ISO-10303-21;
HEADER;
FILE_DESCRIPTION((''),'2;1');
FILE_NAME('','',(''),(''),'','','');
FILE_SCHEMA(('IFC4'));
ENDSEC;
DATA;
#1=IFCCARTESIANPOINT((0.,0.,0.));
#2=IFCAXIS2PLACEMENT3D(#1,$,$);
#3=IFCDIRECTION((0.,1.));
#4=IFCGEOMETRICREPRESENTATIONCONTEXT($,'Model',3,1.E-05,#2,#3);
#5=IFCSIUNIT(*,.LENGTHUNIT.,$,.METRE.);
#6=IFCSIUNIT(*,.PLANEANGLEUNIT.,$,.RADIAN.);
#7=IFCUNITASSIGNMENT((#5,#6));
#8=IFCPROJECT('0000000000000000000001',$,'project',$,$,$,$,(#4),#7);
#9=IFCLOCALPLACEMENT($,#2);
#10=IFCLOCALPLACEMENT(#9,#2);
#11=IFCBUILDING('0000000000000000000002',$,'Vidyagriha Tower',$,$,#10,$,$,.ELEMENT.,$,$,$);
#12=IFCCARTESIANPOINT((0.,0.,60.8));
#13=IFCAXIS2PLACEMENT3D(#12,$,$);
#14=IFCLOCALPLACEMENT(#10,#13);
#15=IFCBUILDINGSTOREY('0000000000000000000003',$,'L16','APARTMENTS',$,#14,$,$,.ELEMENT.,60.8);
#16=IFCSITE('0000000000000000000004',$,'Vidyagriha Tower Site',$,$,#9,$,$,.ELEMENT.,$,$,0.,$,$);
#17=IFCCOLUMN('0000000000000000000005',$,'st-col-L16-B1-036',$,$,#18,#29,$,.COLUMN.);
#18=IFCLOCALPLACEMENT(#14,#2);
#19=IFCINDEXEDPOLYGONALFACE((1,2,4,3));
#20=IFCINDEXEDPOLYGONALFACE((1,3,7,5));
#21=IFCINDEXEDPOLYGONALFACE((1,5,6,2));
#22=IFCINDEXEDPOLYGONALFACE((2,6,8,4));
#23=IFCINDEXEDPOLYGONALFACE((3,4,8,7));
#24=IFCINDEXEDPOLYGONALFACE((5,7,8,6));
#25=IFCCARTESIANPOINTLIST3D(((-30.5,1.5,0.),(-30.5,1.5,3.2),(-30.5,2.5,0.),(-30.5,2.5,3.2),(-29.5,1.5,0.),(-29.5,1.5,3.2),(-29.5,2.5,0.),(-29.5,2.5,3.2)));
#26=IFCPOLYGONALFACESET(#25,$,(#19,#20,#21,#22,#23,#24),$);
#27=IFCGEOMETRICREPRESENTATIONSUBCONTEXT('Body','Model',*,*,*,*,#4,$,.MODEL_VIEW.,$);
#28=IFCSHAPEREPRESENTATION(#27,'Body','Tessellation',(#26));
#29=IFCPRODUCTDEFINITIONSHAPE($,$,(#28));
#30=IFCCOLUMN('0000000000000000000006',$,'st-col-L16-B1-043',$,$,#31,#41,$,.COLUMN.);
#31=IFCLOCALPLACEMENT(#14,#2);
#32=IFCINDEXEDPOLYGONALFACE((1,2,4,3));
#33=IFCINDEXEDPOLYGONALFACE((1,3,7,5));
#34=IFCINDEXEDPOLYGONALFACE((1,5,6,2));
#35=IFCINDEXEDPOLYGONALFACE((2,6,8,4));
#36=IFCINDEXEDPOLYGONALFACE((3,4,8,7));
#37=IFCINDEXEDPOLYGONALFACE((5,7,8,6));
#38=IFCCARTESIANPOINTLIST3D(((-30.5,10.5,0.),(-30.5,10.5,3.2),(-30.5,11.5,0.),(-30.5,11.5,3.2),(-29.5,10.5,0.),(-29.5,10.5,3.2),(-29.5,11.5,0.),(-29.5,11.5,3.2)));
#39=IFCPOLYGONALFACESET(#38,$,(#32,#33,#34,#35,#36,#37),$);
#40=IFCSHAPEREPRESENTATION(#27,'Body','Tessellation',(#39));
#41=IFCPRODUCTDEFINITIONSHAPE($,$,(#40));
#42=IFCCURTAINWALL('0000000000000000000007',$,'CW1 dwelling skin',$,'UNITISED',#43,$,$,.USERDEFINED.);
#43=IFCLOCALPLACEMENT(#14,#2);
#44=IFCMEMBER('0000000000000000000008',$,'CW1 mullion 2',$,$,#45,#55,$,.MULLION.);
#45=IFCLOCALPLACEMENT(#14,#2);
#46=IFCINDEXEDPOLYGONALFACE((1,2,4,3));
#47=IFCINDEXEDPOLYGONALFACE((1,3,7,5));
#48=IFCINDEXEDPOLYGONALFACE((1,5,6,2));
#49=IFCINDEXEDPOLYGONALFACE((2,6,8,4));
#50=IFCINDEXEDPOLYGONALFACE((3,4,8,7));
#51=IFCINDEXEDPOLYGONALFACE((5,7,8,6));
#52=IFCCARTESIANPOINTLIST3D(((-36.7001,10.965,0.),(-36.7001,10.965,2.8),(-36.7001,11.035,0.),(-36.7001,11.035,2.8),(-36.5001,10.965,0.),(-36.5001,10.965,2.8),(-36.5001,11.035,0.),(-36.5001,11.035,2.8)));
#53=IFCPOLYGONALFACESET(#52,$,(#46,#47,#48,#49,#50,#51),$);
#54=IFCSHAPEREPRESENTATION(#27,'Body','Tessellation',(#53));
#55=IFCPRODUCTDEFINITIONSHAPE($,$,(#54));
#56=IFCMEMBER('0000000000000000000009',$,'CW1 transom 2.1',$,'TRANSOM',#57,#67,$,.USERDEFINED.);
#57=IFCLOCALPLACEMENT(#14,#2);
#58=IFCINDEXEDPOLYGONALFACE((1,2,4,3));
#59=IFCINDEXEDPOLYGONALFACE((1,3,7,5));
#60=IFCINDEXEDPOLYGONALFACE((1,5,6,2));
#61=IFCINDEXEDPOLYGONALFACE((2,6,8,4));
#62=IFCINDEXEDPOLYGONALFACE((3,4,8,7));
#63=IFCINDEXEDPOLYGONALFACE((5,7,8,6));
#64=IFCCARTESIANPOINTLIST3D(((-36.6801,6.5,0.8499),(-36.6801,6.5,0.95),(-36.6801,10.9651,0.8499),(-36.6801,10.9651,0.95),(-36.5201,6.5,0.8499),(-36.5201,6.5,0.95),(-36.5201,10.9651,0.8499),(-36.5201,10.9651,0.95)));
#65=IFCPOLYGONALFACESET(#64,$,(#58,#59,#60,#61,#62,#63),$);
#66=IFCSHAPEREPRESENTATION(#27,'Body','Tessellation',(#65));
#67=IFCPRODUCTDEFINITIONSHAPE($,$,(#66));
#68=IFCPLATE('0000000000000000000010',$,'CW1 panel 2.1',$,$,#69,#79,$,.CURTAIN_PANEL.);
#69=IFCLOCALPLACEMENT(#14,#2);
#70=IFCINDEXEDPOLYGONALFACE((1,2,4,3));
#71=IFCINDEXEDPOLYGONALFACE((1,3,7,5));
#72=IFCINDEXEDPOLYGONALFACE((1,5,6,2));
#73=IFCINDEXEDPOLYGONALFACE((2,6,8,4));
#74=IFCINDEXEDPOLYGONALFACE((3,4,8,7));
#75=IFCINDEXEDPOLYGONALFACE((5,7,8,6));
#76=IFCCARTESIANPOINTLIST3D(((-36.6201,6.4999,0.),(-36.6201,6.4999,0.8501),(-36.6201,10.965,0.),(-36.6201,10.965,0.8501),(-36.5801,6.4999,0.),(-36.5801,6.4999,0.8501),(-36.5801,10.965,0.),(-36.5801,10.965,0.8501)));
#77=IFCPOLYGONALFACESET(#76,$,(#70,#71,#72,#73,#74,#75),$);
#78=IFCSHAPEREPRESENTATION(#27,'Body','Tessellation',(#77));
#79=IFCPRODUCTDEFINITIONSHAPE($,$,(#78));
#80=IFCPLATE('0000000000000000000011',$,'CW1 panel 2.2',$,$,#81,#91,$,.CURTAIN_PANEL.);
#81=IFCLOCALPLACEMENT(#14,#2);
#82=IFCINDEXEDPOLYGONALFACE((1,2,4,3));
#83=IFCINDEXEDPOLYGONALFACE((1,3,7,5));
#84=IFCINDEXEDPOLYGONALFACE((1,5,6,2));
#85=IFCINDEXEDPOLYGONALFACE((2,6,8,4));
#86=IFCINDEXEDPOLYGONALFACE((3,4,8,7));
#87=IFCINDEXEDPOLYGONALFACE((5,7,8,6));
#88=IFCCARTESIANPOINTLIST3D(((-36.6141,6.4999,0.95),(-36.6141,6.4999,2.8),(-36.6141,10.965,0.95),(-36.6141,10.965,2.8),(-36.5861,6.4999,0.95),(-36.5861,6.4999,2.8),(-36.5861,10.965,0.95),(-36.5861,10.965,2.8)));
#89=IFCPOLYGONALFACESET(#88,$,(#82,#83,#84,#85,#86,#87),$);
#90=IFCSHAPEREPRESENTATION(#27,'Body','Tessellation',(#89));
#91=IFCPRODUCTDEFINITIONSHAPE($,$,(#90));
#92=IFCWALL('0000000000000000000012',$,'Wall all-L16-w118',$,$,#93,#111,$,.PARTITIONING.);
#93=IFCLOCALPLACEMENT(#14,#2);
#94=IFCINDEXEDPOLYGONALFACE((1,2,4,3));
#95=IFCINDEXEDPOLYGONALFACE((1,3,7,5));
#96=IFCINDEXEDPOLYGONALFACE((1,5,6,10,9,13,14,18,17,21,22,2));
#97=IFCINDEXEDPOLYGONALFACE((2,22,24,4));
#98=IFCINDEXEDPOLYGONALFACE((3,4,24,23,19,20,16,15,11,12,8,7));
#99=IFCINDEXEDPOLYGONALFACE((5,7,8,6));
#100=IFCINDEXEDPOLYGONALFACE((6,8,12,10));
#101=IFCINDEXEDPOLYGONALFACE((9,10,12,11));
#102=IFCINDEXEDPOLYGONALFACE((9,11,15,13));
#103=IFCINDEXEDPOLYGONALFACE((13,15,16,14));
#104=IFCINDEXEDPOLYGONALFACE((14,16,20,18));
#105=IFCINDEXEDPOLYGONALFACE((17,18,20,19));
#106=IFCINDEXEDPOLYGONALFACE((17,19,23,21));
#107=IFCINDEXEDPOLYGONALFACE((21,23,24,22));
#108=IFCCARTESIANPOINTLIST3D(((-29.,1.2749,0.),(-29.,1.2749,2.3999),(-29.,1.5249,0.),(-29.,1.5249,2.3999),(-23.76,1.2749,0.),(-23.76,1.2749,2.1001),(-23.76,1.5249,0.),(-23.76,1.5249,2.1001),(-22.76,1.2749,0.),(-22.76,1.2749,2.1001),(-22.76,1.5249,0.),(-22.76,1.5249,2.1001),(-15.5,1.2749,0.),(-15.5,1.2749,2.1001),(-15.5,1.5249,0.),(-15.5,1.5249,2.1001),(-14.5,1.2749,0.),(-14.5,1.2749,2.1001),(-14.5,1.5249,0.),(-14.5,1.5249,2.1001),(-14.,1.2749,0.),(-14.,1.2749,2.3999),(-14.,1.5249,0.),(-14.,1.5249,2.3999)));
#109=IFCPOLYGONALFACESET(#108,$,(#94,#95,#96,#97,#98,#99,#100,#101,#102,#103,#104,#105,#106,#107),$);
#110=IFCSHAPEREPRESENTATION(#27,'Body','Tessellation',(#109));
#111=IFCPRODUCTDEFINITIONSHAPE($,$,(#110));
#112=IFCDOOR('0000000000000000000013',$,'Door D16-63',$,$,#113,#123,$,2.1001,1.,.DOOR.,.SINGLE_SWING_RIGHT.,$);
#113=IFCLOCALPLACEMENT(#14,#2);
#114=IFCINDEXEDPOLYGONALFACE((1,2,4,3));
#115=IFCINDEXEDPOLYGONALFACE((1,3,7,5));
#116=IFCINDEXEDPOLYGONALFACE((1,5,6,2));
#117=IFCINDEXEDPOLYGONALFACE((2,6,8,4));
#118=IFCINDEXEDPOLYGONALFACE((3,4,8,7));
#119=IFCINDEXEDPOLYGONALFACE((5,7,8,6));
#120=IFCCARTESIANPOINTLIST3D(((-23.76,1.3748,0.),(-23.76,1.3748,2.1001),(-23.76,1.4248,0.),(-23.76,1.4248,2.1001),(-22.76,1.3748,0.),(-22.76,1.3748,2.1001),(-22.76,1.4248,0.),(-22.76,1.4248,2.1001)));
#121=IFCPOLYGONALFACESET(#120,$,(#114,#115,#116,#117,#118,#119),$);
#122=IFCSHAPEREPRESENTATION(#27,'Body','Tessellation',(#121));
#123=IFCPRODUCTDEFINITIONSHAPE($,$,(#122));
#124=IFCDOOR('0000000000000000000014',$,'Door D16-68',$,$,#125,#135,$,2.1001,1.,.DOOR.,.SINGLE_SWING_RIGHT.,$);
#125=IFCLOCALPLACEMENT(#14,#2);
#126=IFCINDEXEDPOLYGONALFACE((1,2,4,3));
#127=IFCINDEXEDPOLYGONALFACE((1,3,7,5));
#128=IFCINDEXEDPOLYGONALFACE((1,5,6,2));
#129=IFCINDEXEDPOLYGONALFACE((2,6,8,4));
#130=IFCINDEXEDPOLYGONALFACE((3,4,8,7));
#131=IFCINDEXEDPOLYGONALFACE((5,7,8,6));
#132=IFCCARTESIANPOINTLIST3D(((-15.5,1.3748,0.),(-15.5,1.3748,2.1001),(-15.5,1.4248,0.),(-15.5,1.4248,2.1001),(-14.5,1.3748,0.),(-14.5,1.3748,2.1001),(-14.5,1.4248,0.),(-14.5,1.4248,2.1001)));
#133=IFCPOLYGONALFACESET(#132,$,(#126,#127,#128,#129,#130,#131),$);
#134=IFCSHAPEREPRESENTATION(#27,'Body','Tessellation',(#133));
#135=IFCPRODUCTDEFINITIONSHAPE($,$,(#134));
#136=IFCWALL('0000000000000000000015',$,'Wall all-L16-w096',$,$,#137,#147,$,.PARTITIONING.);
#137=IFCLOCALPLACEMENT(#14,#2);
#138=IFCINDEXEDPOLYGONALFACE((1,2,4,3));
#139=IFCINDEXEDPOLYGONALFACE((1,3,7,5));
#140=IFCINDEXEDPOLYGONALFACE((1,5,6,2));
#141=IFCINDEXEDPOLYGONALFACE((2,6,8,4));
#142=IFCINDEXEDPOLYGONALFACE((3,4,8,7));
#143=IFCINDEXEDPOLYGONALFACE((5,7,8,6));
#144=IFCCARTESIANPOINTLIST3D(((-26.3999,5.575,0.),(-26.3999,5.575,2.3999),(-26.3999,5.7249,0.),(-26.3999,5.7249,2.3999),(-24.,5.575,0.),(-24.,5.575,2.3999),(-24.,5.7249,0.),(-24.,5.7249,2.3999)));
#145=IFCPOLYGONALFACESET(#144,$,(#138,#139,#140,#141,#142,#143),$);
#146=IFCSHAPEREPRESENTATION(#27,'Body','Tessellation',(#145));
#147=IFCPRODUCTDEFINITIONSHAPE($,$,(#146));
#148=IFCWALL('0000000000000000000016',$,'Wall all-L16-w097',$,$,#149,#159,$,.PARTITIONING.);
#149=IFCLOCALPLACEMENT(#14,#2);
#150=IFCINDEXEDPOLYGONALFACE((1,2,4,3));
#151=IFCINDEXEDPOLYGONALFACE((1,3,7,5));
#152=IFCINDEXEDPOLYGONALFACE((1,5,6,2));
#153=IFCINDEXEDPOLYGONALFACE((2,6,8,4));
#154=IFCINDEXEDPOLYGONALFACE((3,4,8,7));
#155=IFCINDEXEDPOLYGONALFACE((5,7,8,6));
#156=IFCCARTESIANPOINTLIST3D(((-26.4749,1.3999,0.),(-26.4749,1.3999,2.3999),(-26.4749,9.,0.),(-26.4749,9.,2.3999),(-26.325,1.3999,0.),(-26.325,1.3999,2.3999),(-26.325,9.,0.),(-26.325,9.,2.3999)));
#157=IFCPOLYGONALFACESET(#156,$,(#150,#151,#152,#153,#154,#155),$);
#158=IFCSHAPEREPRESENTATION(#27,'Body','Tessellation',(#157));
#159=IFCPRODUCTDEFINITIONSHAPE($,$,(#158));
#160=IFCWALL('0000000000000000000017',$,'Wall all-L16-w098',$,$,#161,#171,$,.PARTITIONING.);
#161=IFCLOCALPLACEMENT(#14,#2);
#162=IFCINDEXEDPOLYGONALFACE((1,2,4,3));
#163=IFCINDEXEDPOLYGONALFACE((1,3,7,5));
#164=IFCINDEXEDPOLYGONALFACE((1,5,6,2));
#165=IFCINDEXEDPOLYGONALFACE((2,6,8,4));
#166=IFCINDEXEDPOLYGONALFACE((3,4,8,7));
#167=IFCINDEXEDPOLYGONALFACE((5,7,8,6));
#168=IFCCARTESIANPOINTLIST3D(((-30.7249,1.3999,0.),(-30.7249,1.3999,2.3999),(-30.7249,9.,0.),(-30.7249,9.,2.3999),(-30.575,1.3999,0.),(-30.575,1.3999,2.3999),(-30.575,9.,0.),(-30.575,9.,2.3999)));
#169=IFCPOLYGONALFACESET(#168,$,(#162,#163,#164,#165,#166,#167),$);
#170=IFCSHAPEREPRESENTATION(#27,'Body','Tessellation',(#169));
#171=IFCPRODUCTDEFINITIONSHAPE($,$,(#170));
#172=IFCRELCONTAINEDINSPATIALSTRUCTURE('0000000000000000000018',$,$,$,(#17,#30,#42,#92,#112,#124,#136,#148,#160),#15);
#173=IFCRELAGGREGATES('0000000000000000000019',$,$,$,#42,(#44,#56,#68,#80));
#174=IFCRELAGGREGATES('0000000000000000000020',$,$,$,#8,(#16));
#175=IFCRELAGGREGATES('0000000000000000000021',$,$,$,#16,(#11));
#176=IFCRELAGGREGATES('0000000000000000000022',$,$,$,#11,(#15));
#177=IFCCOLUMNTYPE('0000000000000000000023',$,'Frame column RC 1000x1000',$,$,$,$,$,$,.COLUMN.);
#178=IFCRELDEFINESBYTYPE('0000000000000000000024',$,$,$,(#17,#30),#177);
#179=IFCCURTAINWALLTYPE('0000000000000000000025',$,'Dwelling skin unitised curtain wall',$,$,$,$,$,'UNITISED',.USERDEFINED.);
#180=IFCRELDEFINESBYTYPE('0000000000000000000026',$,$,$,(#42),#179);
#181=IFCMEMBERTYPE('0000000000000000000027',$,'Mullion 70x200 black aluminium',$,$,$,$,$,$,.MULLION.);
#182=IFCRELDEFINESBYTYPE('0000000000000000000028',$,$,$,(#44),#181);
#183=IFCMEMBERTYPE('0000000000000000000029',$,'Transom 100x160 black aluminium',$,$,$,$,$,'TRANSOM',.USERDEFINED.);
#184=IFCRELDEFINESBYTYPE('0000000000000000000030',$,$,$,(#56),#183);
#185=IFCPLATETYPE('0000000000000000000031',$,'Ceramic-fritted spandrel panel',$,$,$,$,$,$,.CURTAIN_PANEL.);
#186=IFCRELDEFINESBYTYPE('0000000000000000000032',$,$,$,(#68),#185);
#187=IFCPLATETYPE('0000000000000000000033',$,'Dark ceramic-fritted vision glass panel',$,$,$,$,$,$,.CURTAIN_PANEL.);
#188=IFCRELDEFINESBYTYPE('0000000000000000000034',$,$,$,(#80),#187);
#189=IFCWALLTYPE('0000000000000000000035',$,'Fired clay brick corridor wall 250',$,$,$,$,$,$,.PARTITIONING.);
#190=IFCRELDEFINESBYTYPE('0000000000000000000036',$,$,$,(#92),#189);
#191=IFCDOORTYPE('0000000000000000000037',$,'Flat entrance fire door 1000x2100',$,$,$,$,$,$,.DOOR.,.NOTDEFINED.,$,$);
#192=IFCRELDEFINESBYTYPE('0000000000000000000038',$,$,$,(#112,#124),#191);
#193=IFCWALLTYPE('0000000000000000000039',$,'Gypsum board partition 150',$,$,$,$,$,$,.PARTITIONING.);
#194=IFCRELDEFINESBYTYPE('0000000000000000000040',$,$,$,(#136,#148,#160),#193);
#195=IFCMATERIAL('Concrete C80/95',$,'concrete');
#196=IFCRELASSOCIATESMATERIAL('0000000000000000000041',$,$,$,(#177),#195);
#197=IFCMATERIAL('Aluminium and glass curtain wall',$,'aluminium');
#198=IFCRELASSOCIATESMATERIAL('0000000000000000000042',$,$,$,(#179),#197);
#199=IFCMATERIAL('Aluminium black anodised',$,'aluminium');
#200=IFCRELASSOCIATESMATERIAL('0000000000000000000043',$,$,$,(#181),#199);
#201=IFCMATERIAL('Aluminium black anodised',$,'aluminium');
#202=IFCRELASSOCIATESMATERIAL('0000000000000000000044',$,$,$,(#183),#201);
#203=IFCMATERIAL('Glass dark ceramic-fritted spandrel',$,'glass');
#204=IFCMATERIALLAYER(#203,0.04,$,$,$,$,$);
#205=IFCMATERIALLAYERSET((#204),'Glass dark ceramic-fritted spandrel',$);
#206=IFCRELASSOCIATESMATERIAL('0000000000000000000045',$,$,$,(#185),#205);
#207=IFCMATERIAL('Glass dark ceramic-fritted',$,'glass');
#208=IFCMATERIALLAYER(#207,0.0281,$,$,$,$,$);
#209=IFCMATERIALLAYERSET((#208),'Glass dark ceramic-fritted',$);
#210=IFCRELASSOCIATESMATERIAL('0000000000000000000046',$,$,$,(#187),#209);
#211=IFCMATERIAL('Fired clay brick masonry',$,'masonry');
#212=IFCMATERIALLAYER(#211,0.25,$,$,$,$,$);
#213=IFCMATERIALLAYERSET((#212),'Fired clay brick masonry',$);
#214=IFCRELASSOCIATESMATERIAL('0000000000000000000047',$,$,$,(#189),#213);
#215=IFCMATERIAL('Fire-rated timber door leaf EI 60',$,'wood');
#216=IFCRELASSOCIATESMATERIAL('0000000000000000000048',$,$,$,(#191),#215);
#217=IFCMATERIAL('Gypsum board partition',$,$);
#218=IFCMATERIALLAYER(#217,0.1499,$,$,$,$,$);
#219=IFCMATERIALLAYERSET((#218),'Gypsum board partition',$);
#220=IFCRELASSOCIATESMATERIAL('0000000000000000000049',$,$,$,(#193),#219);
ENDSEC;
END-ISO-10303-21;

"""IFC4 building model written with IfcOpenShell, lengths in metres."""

from ifc_helpers import new_model, si_unit, direction, frame, frame_2d, origin, origin_2d, place, context, subcontext, project, spatial, rectangle, extrude, material, layer, layer_set, material_profile, profile_set, type_object, element, fill, aggregate, save


model = new_model("IFC4")

# Units and contexts
model_context = context("Model", 3, precision=1e-05, world=origin(), true_north=direction((0.0, 1.0)))
body_context = subcontext(model_context, "Body", "Model", "MODEL_VIEW")
ifc_project = project(units=[si_unit("LENGTHUNIT", "METRE"), si_unit("PLANEANGLEUNIT", "RADIAN")], contexts=[model_context])

# Site, building, storey
site_placement = place(None, origin())
site = spatial("IfcSite", under=ifc_project, at=site_placement, Name="Vidyagriha Tower Site", CompositionType="ELEMENT", RefElevation=0.0)
building_placement = place(site_placement, origin())
building = spatial("IfcBuilding", under=site, at=building_placement, Name="Vidyagriha Tower", CompositionType="ELEMENT")
storey_placement = place(building_placement, frame((0.0, 0.0, 60.8)))
storey = spatial("IfcBuildingStorey", under=building, at=storey_placement, Name="L16", Description="APARTMENTS", CompositionType="ELEMENT", Elevation=60.8)

# Columns
ifc_material_1 = material(Name="Concrete C80/95", Category="concrete")
ifc_material_profile_1 = material_profile(ifc_material_1, rectangle(XDim=1.0, YDim=1.0, at=origin_2d()), Name="RC 1000x1000")
ifc_profile_set_1 = profile_set([ifc_material_profile_1], Name="Concrete C80/95")
column_type = type_object("IfcColumnType", Name="Frame column RC 1000x1000", PredefinedType="COLUMN", material=ifc_profile_set_1)
for number, where, name in (
    (1, (-30.0, 2.0, 0.0), "st-col-L16-B1-036"),
    (2, (-30.0, 11.0, 0.0), "st-col-L16-B1-043"),
):
    element("IfcColumn", number, at=place(storey_placement, frame(where)), inside=storey, type_object=column_type, Name=name, PredefinedType="COLUMN", context=body_context, shape_type="SweptSolid", body=[
        extrude(rectangle(XDim=1.0, YDim=1.0, at=origin_2d()), origin(), (0.0, 0.0, 1.0), 3.2),
    ])

# Curtain wall, members, plates
ifc_material_2 = material(Name="Aluminium and glass curtain wall", Category="aluminium")
curtain_wall_type = type_object("IfcCurtainWallType", Name="Dwelling skin unitised curtain wall", ElementType="UNITISED", PredefinedType="USERDEFINED", material=ifc_material_2)
curtain_wall_placement = place(storey_placement, origin())
curtain_wall = element("IfcCurtainWall", 3, at=curtain_wall_placement, inside=storey, type_object=curtain_wall_type, Name="CW1 dwelling skin", ObjectType="UNITISED", PredefinedType="USERDEFINED")
ifc_material_3 = material(Name="Aluminium black anodised", Category="aluminium")
ifc_material_profile_2 = material_profile(ifc_material_3, rectangle(XDim=0.2, YDim=0.0701, at=origin_2d()), Name="Mullion 70x200 black aluminium")
ifc_profile_set_2 = profile_set([ifc_material_profile_2], Name="Aluminium black anodised")
member_type_1 = type_object("IfcMemberType", Name="Mullion 70x200 black aluminium", PredefinedType="MULLION", material=ifc_profile_set_2)
member_1_placement = place(storey_placement, frame((-36.6001, 11.0, 0.0)))
member_1 = element("IfcMember", 4, at=member_1_placement, type_object=member_type_1, Name="CW1 mullion 2", PredefinedType="MULLION", context=body_context, shape_type="SweptSolid", body=[
    extrude(rectangle(XDim=0.2, YDim=0.0701, at=origin_2d()), origin(), (0.0, 0.0, 1.0), 2.8),
])
ifc_material_4 = material(Name="Aluminium black anodised", Category="aluminium")
ifc_material_profile_3 = material_profile(ifc_material_4, rectangle(XDim=0.1599, YDim=0.1001, at=origin_2d()), Name="Transom 100x160 black aluminium")
ifc_profile_set_3 = profile_set([ifc_material_profile_3], Name="Aluminium black anodised")
member_type_2 = type_object("IfcMemberType", Name="Transom 100x160 black aluminium", ElementType="TRANSOM", PredefinedType="USERDEFINED", material=ifc_profile_set_3)
member_2_placement = place(storey_placement, frame((-36.6001, 10.9651, 0.8999), z_axis=(0.0, -1.0, 0.0), x_axis=(1.0, 0.0, 0.0)))
member_2 = element("IfcMember", 5, at=member_2_placement, type_object=member_type_2, Name="CW1 transom 2.1", ObjectType="TRANSOM", PredefinedType="USERDEFINED", context=body_context, shape_type="SweptSolid", body=[
    extrude(rectangle(XDim=0.1599, YDim=0.1001, at=origin_2d()), origin(), (0.0, 0.0, 1.0), 4.4651),
])
ifc_material_5 = material(Name="Glass dark ceramic-fritted spandrel", Category="glass")
ifc_layer_1 = layer(ifc_material_5, 0.04)
ifc_layer_set_1 = layer_set([ifc_layer_1], Name="Glass dark ceramic-fritted spandrel")
plate_type_1 = type_object("IfcPlateType", Name="Ceramic-fritted spandrel panel", PredefinedType="CURTAIN_PANEL", material=ifc_layer_set_1)
plate_1_placement = place(storey_placement, frame((-36.6001, 8.7324, 0.0), z_axis=(0.0, 0.0, 1.0), x_axis=(0.0, -1.0, 0.0)))
plate_1 = element("IfcPlate", 6, at=plate_1_placement, type_object=plate_type_1, Name="CW1 panel 2.1", PredefinedType="CURTAIN_PANEL", context=body_context, shape_type="SweptSolid", body=[
    extrude(rectangle(XDim=4.4651, YDim=0.04, at=origin_2d()), origin(), (0.0, 0.0, 1.0), 0.8501),
])
ifc_material_6 = material(Name="Glass dark ceramic-fritted", Category="glass")
ifc_layer_2 = layer(ifc_material_6, 0.0281)
ifc_layer_set_2 = layer_set([ifc_layer_2], Name="Glass dark ceramic-fritted")
plate_type_2 = type_object("IfcPlateType", Name="Dark ceramic-fritted vision glass panel", PredefinedType="CURTAIN_PANEL", material=ifc_layer_set_2)
plate_2_placement = place(storey_placement, frame((-36.6001, 8.7324, 0.95), z_axis=(0.0, 0.0, 1.0), x_axis=(0.0, -1.0, 0.0)))
plate_2 = element("IfcPlate", 7, at=plate_2_placement, type_object=plate_type_2, Name="CW1 panel 2.2", PredefinedType="CURTAIN_PANEL", context=body_context, shape_type="SweptSolid", body=[
    extrude(rectangle(XDim=4.4651, YDim=0.0281, at=origin_2d()), origin(), (0.0, 0.0, 1.0), 1.8501),
])
aggregate(curtain_wall, [member_1, member_2, plate_1, plate_2])

# Wall, openings, doors
ifc_material_7 = material(Name="Fired clay brick masonry", Category="masonry")
ifc_layer_3 = layer(ifc_material_7, 0.25)
ifc_layer_set_3 = layer_set([ifc_layer_3], Name="Fired clay brick masonry")
wall_type_1 = type_object("IfcWallType", Name="Fired clay brick corridor wall 250", PredefinedType="PARTITIONING", material=ifc_layer_set_3)
wall_1_placement = place(storey_placement, frame((-29.0, 1.3999, 0.0)))
wall_1 = element("IfcWall", 8, at=wall_1_placement, inside=storey, type_object=wall_type_1, Name="Wall all-L16-w118", PredefinedType="PARTITIONING", context=body_context, shape_type="SweptSolid", body=[
    extrude(rectangle(XDim=15.0, YDim=0.25, at=frame_2d((7.5, 0.0))), origin(), (0.0, 0.0, 1.0), 2.3999),
])
opening_1_placement = place(wall_1_placement, frame((5.24, 0.0, 0.0)))
opening_1 = element("IfcOpeningElement", 9, at=opening_1_placement, cuts=wall_1, PredefinedType="OPENING", context=body_context, shape_type="SweptSolid", body=[
    extrude(rectangle(XDim=1.0, YDim=2.1001, at=frame_2d((0.5, 1.05))), frame((0.0, 0.135, 0.0), z_axis=(0.0, -1.0, 0.0), x_axis=(1.0, 0.0, 0.0)), (0.0, 0.0, 1.0), 0.27),
])
opening_2_placement = place(wall_1_placement, frame((13.5, 0.0, 0.0)))
opening_2 = element("IfcOpeningElement", 10, at=opening_2_placement, cuts=wall_1, PredefinedType="OPENING", context=body_context, shape_type="SweptSolid", body=[
    extrude(rectangle(XDim=1.0, YDim=2.1001, at=frame_2d((0.5, 1.05))), frame((0.0, 0.135, 0.0), z_axis=(0.0, -1.0, 0.0), x_axis=(1.0, 0.0, 0.0)), (0.0, 0.0, 1.0), 0.27),
])
ifc_material_8 = material(Name="Fire-rated timber door leaf EI 60", Category="wood")
door_type_1 = type_object("IfcDoorType", Name="Flat entrance fire door 1000x2100", OperationType="NOTDEFINED", PredefinedType="DOOR", material=ifc_material_8)
door_1_placement = place(opening_1_placement, origin())
door_1 = element("IfcDoor", 11, at=door_1_placement, inside=storey, type_object=door_type_1, Name="Door D16-63", OperationType="SINGLE_SWING_RIGHT", OverallHeight=2.1001, OverallWidth=1.0, PredefinedType="DOOR", context=body_context, shape_type="SweptSolid", body=[
    extrude(rectangle(XDim=1.0, YDim=2.1001, at=frame_2d((0.5, 1.05))), frame((0.0, 0.0249, 0.0), z_axis=(0.0, -1.0, 0.0), x_axis=(1.0, 0.0, 0.0)), (0.0, 0.0, 1.0), 0.05),
])
fill(opening_1, door_1)
door_2_placement = place(opening_2_placement, origin())
door_2 = element("IfcDoor", 12, at=door_2_placement, inside=storey, type_object=door_type_1, Name="Door D16-68", OperationType="SINGLE_SWING_RIGHT", OverallHeight=2.1001, OverallWidth=1.0, PredefinedType="DOOR", context=body_context, shape_type="SweptSolid", body=[
    extrude(rectangle(XDim=1.0, YDim=2.1001, at=frame_2d((0.5, 1.05))), frame((0.0, 0.0249, 0.0), z_axis=(0.0, -1.0, 0.0), x_axis=(1.0, 0.0, 0.0)), (0.0, 0.0, 1.0), 0.05),
])
fill(opening_2, door_2)

# Walls
ifc_material_9 = material(Name="Gypsum board partition")
ifc_layer_4 = layer(ifc_material_9, 0.1499)
ifc_layer_set_4 = layer_set([ifc_layer_4], Name="Gypsum board partition")
wall_type_2 = type_object("IfcWallType", Name="Gypsum board partition 150", PredefinedType="PARTITIONING", material=ifc_layer_set_4)
wall_2_placement = place(storey_placement, frame((-26.3999, 5.6499, 0.0)))
element("IfcWall", 13, at=wall_2_placement, inside=storey, type_object=wall_type_2, Name="Wall all-L16-w096", PredefinedType="PARTITIONING", context=body_context, shape_type="SweptSolid", body=[
    extrude(rectangle(XDim=2.3999, YDim=0.1499, at=frame_2d((1.2, 0.0))), origin(), (0.0, 0.0, 1.0), 2.3999),
])
for number, where, z_axis, x_axis, name in (
    (14, (-26.3999, 1.3999, 0.0), (0.0, 0.0, 1.0), (0.0, 1.0, 0.0), "Wall all-L16-w097"),
    (15, (-30.6499, 1.3999, 0.0), (0.0, 0.0, 1.0), (0.0, 1.0, 0.0), "Wall all-L16-w098"),
):
    element("IfcWall", number, at=place(storey_placement, frame(where, z_axis=z_axis, x_axis=x_axis)), inside=storey, type_object=wall_type_2, Name=name, PredefinedType="PARTITIONING", context=body_context, shape_type="SweptSolid", body=[
        extrude(rectangle(XDim=7.6001, YDim=0.1499, at=frame_2d((3.8, 0.0))), origin(), (0.0, 0.0, 1.0), 2.3999),
    ])

save(model, "model.ifc")
